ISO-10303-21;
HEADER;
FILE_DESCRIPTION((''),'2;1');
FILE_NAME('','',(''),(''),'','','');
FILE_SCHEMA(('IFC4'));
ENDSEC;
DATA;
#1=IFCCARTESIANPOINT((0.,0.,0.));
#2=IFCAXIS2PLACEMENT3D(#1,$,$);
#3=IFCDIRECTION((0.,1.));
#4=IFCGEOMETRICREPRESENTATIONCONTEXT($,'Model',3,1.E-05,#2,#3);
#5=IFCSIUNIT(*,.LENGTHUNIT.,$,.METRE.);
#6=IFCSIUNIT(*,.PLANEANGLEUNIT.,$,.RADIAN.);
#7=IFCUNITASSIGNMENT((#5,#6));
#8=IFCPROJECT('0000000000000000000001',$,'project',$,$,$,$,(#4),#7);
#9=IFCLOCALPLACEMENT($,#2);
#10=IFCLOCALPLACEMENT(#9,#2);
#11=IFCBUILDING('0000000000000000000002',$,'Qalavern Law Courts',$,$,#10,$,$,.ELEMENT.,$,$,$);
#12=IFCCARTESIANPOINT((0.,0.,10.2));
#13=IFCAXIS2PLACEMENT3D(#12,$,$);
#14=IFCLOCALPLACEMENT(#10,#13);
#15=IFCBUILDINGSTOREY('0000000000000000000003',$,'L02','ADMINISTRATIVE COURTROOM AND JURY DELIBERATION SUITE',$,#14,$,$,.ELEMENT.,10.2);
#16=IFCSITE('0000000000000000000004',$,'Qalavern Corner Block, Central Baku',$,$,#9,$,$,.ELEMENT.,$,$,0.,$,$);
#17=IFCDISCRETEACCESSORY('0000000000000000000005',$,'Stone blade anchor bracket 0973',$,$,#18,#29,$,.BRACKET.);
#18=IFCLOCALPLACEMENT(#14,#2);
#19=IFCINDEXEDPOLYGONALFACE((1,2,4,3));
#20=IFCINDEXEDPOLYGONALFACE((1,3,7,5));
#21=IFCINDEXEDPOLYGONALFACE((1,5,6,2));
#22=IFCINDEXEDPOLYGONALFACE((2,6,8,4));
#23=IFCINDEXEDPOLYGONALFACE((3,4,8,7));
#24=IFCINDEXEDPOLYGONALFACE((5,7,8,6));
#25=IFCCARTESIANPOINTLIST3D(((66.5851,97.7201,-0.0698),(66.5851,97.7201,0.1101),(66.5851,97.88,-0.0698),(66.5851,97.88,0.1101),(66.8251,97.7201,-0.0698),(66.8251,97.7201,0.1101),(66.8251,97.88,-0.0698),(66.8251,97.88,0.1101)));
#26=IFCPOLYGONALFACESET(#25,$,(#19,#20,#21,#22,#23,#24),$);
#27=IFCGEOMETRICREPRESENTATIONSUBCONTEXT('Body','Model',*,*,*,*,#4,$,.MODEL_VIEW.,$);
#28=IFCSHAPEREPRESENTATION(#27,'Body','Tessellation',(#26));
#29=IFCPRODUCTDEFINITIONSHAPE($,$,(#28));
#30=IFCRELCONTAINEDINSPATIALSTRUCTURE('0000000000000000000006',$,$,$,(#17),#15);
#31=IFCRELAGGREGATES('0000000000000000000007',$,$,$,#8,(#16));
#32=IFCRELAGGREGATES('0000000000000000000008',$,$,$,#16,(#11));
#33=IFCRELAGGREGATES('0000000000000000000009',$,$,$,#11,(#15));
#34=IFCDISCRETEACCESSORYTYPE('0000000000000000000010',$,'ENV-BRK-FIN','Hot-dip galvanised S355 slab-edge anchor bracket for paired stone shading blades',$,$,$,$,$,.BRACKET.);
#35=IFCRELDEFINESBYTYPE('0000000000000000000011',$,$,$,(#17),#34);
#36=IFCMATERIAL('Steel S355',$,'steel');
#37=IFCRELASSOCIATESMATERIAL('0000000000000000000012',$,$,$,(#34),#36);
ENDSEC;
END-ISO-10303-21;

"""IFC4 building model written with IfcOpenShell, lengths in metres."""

from ifc_helpers import new_model, si_unit, direction, frame, origin, origin_2d, place, context, subcontext, project, spatial, rectangle, extrude, material, type_object, element, save


model = new_model("IFC4")

# Units and contexts
model_context = context("Model", 3, precision=1e-05, world=origin(), true_north=direction((0.0, 1.0)))
body_context = subcontext(model_context, "Body", "Model", "MODEL_VIEW")
ifc_project = project(units=[si_unit("LENGTHUNIT", "METRE"), si_unit("PLANEANGLEUNIT", "RADIAN")], contexts=[model_context])

# Site, building, storey
site_placement = place(None, origin())
site = spatial("IfcSite", under=ifc_project, at=site_placement, Name="Qalavern Corner Block, Central Baku", CompositionType="ELEMENT", RefElevation=0.0)
building_placement = place(site_placement, origin())
building = spatial("IfcBuilding", under=site, at=building_placement, Name="Qalavern Law Courts", CompositionType="ELEMENT")
storey_placement = place(building_placement, frame((0.0, 0.0, 10.2)))
storey = spatial("IfcBuildingStorey", under=building, at=storey_placement, Name="L02", Description="ADMINISTRATIVE COURTROOM AND JURY DELIBERATION SUITE", CompositionType="ELEMENT", Elevation=10.2)

# Shared definitions
ifc_material_1 = material(Name="Steel S355", Category="steel")

# Discrete accessory
discrete_accessory_type = type_object("IfcDiscreteAccessoryType", Name="ENV-BRK-FIN", Description="Hot-dip galvanised S355 slab-edge anchor bracket for paired stone shading blades", PredefinedType="BRACKET", material=ifc_material_1)
discrete_accessory_placement = place(storey_placement, frame((66.7051, 97.8, -0.0698), z_axis=(0.0, 0.0, 1.0), x_axis=(1.0, 0.0, 0.0)))
element("IfcDiscreteAccessory", 1, at=discrete_accessory_placement, inside=storey, type_object=discrete_accessory_type, Name="Stone blade anchor bracket 0973", PredefinedType="BRACKET", context=body_context, shape_type="SweptSolid", body=[
    extrude(rectangle(XDim=0.24, YDim=0.1599, at=origin_2d()), origin(), (0.0, 0.0, 1.0), 0.1799),
])

save(model, "model.ifc")
